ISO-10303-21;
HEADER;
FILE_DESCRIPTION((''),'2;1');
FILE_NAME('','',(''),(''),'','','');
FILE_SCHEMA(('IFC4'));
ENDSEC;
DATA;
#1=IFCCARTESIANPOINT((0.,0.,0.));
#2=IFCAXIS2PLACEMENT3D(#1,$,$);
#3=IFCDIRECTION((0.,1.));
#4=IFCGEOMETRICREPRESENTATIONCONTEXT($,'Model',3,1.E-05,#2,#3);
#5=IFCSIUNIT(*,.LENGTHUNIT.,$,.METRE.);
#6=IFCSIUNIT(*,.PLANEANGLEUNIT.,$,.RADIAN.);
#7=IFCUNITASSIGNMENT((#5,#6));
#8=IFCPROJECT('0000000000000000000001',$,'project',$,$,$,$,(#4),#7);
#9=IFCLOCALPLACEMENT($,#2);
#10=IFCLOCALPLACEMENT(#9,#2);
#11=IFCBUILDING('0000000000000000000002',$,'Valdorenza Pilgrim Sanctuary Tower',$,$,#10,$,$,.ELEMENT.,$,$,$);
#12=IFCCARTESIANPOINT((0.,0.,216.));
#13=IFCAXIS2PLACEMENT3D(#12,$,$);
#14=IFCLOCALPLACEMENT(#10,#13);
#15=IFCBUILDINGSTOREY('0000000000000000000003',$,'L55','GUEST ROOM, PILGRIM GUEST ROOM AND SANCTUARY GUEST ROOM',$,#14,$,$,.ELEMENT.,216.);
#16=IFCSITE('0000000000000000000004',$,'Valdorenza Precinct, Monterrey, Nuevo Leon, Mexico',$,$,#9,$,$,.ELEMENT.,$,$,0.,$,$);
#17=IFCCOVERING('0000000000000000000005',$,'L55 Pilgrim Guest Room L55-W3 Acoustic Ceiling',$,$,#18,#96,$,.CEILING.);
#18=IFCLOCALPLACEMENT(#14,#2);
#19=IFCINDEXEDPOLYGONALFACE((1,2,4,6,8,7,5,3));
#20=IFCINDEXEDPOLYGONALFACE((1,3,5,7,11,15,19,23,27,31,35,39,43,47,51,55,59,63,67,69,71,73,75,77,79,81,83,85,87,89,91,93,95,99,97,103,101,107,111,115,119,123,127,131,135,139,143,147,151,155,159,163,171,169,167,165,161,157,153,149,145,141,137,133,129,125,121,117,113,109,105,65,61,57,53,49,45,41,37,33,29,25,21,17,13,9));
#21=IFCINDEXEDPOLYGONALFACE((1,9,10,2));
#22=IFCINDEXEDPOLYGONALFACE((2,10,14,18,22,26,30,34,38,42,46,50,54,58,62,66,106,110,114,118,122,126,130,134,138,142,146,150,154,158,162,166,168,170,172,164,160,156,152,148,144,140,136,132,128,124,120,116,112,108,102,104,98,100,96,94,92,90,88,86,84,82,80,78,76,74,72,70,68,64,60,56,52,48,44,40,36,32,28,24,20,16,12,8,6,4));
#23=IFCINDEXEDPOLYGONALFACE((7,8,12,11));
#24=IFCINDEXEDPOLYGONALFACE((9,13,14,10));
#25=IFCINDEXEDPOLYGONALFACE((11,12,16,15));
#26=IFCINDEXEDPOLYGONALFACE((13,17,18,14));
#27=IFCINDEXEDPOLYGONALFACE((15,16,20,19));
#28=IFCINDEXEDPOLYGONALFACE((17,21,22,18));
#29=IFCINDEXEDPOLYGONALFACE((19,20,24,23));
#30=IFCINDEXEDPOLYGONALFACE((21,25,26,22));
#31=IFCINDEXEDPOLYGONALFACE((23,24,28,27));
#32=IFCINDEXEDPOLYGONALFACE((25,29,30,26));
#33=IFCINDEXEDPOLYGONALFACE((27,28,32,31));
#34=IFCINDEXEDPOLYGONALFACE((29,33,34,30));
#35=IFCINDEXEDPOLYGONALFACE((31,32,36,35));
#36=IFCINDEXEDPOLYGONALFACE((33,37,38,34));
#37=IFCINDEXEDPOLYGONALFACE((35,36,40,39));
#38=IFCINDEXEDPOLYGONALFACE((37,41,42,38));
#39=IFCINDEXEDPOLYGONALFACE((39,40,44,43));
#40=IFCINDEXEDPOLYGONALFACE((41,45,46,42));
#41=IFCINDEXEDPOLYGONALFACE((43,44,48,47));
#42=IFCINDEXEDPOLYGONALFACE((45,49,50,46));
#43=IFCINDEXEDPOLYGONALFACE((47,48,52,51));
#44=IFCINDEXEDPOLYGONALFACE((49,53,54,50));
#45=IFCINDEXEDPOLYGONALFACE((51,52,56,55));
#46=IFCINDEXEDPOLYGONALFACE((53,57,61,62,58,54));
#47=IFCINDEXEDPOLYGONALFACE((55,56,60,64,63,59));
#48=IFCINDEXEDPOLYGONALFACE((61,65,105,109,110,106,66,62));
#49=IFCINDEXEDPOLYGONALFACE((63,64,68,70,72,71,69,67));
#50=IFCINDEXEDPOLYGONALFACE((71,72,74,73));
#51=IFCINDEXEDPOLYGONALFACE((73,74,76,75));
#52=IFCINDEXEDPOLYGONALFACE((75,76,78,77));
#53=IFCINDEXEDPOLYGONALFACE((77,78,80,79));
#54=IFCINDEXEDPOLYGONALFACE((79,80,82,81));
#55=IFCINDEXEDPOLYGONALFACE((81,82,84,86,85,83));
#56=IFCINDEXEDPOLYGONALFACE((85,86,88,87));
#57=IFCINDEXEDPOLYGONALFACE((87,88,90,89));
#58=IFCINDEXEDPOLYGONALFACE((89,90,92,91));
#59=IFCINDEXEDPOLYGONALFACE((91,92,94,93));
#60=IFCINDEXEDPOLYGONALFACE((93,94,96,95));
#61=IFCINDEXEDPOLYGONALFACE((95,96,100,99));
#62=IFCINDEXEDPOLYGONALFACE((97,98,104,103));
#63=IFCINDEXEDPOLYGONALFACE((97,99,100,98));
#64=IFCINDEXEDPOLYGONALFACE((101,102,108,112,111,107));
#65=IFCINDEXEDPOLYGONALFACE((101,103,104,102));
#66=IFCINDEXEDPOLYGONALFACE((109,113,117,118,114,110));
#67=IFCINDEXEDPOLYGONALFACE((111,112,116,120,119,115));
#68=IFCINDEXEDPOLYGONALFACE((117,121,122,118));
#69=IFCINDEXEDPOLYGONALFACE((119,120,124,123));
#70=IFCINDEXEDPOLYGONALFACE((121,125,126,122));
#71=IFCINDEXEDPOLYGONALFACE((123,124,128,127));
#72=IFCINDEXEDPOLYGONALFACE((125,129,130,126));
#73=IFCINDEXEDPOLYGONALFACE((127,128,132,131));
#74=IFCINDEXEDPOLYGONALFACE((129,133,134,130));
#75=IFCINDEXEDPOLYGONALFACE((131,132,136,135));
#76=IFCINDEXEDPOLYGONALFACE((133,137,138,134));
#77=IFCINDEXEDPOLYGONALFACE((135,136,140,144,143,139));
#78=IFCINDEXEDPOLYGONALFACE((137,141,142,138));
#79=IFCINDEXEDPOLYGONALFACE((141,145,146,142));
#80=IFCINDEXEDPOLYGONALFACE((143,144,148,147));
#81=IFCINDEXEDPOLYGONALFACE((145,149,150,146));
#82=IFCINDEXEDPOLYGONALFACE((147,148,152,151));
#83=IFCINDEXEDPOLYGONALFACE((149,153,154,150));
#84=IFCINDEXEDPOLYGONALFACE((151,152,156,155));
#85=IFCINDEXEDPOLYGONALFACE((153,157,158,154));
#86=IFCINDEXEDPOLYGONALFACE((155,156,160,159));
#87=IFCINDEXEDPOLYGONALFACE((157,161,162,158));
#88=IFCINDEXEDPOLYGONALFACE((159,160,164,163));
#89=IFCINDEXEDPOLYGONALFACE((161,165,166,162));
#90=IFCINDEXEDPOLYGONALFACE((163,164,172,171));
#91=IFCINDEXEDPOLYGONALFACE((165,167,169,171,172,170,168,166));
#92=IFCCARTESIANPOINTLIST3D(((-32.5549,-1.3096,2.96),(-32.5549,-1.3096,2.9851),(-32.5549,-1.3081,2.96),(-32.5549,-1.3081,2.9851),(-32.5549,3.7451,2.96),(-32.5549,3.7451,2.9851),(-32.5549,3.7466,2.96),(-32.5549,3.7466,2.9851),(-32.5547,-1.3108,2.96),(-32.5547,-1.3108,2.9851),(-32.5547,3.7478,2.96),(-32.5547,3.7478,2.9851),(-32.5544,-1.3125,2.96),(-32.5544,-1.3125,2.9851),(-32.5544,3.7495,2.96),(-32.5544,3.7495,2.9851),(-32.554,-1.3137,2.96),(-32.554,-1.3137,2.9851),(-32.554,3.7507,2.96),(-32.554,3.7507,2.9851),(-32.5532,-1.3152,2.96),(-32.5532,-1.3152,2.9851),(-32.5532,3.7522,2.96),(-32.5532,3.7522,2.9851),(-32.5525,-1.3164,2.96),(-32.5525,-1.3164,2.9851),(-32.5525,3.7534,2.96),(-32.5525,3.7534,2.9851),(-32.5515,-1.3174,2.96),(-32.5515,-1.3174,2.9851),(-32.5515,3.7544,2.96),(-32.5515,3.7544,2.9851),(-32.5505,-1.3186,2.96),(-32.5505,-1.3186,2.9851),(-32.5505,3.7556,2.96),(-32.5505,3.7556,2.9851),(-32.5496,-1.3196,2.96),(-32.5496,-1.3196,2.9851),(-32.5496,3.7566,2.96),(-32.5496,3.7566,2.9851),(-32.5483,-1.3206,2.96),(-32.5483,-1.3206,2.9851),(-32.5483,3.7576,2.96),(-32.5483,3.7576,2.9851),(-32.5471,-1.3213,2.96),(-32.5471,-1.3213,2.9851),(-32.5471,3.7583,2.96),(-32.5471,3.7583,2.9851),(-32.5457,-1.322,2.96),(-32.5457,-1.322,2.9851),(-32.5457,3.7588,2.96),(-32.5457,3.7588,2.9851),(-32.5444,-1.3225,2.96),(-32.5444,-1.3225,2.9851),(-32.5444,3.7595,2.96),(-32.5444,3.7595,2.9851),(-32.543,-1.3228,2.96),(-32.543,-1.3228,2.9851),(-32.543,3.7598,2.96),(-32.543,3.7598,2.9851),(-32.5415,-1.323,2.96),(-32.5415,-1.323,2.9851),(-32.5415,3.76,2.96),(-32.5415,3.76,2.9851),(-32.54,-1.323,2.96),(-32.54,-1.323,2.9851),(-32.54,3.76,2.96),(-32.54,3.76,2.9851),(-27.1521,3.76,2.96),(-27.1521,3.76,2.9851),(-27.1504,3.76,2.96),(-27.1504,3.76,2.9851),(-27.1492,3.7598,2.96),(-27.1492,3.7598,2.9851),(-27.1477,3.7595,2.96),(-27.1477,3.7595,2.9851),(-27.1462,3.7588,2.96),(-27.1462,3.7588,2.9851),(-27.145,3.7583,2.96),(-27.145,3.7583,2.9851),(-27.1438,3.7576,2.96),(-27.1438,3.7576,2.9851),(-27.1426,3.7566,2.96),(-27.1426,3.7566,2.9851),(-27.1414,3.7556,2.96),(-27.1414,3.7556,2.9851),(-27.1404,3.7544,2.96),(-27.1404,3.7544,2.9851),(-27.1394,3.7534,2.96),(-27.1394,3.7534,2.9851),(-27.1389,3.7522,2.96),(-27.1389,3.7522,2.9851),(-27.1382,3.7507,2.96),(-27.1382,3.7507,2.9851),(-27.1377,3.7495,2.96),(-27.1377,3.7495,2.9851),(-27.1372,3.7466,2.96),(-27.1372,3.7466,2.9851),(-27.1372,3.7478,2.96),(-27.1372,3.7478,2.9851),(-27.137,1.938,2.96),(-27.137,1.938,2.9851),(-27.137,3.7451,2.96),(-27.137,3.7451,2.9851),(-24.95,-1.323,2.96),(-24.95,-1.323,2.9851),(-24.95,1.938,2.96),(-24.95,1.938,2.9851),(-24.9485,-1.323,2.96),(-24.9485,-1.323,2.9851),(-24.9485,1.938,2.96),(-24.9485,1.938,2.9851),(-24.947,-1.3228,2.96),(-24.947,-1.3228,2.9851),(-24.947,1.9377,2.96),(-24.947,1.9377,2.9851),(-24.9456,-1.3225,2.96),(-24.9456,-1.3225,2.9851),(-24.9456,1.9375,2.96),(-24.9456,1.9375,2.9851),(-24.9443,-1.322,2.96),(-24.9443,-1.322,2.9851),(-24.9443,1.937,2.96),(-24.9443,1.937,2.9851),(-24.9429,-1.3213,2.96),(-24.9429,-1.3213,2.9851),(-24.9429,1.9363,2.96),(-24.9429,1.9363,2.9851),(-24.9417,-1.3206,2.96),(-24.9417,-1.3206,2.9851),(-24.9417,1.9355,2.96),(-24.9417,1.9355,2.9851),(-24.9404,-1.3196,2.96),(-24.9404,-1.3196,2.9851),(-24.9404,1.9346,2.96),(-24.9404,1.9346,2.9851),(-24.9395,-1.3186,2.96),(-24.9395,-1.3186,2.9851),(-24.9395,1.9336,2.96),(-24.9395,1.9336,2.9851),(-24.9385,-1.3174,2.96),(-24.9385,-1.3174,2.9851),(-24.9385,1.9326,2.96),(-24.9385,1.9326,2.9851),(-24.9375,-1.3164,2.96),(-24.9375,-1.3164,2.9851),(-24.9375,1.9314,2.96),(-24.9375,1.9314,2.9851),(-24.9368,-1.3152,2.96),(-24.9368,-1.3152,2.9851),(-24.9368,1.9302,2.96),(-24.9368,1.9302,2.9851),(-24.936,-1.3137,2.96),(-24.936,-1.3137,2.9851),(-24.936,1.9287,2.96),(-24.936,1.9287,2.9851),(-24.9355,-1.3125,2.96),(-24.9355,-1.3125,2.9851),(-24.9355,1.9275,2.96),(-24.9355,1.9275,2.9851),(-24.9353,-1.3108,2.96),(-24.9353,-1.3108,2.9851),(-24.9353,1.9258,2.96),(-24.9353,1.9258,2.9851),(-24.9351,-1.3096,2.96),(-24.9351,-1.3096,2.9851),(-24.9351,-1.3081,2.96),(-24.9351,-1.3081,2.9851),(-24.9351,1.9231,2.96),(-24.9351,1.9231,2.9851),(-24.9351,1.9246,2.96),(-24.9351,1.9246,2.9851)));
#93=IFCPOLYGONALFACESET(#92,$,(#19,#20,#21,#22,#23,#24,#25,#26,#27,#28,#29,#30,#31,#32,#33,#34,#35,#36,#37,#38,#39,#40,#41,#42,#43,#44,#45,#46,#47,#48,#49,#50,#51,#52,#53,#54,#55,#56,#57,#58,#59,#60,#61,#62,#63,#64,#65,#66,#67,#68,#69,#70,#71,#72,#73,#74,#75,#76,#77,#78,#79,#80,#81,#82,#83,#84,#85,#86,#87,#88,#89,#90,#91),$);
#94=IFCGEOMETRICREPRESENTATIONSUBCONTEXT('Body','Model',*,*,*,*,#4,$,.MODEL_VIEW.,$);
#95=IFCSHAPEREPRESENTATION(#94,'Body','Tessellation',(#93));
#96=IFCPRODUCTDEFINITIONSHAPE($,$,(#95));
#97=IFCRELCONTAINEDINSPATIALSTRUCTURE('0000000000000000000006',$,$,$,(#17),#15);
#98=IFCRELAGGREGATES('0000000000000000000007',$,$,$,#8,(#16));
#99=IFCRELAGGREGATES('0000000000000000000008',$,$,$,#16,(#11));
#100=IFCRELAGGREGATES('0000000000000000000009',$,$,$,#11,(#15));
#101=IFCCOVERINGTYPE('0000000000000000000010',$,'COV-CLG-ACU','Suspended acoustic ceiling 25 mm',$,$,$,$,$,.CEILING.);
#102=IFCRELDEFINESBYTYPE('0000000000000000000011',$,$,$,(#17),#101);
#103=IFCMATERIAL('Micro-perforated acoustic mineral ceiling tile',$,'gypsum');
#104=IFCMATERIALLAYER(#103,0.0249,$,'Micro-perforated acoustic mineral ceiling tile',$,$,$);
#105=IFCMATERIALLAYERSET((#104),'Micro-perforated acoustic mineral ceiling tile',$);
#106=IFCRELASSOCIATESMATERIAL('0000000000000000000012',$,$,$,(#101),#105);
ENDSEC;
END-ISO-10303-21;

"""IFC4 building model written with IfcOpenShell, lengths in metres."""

from ifc_helpers import new_model, si_unit, direction, frame, origin, place, context, subcontext, project, spatial, polyline, outline, extrude, material, layer, layer_set, type_object, element, save


model = new_model("IFC4")

# Units and contexts
model_context = context("Model", 3, precision=1e-05, world=origin(), true_north=direction((0.0, 1.0)))
body_context = subcontext(model_context, "Body", "Model", "MODEL_VIEW")
ifc_project = project(units=[si_unit("LENGTHUNIT", "METRE"), si_unit("PLANEANGLEUNIT", "RADIAN")], contexts=[model_context])

# Site, building, storey
site_placement = place(None, origin())
site = spatial("IfcSite", under=ifc_project, at=site_placement, Name="Valdorenza Precinct, Monterrey, Nuevo Leon, Mexico", CompositionType="ELEMENT", RefElevation=0.0)
building_placement = place(site_placement, origin())
building = spatial("IfcBuilding", under=site, at=building_placement, Name="Valdorenza Pilgrim Sanctuary Tower", CompositionType="ELEMENT")
storey_placement = place(building_placement, frame((0.0, 0.0, 216.0)))
storey = spatial("IfcBuildingStorey", under=building, at=storey_placement, Name="L55", Description="GUEST ROOM, PILGRIM GUEST ROOM AND SANCTUARY GUEST ROOM", CompositionType="ELEMENT", Elevation=216.0)

# Covering
ifc_material_1 = material(Name="Micro-perforated acoustic mineral ceiling tile", Category="gypsum")
ifc_layer_1 = layer(ifc_material_1, 0.0249, Name="Micro-perforated acoustic mineral ceiling tile")
ifc_layer_set_1 = layer_set([ifc_layer_1], Name="Micro-perforated acoustic mineral ceiling tile")
covering_type_1 = type_object("IfcCoveringType", Name="COV-CLG-ACU", Description="Suspended acoustic ceiling 25 mm", PredefinedType="CEILING", material=ifc_layer_set_1)
covering_1_placement = place(storey_placement, frame((0.0, 0.0, 2.96)))
element("IfcCovering", 1, at=covering_1_placement, inside=storey, type_object=covering_type_1, Name="L55 Pilgrim Guest Room L55-W3 Acoustic Ceiling", PredefinedType="CEILING", context=body_context, shape_type="SweptSolid", body=[
    extrude(outline(polyline([(-32.5549, 3.7451), (-32.5549, 3.7466), (-32.5547, 3.7478), (-32.5544, 3.7495), (-32.554, 3.7507), (-32.5532, 3.7522), (-32.5525, 3.7534), (-32.5515, 3.7544), (-32.5505, 3.7556), (-32.5496, 3.7566), (-32.5483, 3.7576), (-32.5471, 3.7583), (-32.5457, 3.7588), (-32.5444, 3.7595), (-32.543, 3.7598), (-32.5415, 3.76), (-32.54, 3.76), (-27.1521, 3.76), (-27.1504, 3.76), (-27.1492, 3.7598), (-27.1477, 3.7595), (-27.1462, 3.7588), (-27.145, 3.7583), (-27.1438, 3.7576), (-27.1426, 3.7566), (-27.1414, 3.7556), (-27.1404, 3.7544), (-27.1394, 3.7534), (-27.1389, 3.7522), (-27.1382, 3.7507), (-27.1377, 3.7495), (-27.1372, 3.7478), (-27.1372, 3.7466), (-27.137, 3.7451), (-27.137, 1.938), (-24.95, 1.938), (-24.9485, 1.938), (-24.947, 1.9377), (-24.9456, 1.9375), (-24.9443, 1.937), (-24.9429, 1.9363), (-24.9417, 1.9355), (-24.9404, 1.9346), (-24.9395, 1.9336), (-24.9385, 1.9326), (-24.9375, 1.9314), (-24.9368, 1.9302), (-24.936, 1.9287), (-24.9355, 1.9275), (-24.9353, 1.9258), (-24.9351, 1.9246), (-24.9351, 1.9231), (-24.9351, -1.3081), (-24.9351, -1.3096), (-24.9353, -1.3108), (-24.9355, -1.3125), (-24.936, -1.3137), (-24.9368, -1.3152), (-24.9375, -1.3164), (-24.9385, -1.3174), (-24.9395, -1.3186), (-24.9404, -1.3196), (-24.9417, -1.3206), (-24.9429, -1.3213), (-24.9443, -1.322), (-24.9456, -1.3225), (-24.947, -1.3228), (-24.9485, -1.323), (-24.95, -1.323), (-32.54, -1.323), (-32.5415, -1.323), (-32.543, -1.3228), (-32.5444, -1.3225), (-32.5457, -1.322), (-32.5471, -1.3213), (-32.5483, -1.3206), (-32.5496, -1.3196), (-32.5505, -1.3186), (-32.5515, -1.3174), (-32.5525, -1.3164), (-32.5532, -1.3152), (-32.554, -1.3137), (-32.5544, -1.3125), (-32.5547, -1.3108), (-32.5549, -1.3096), (-32.5549, -1.3081), (-32.5549, 3.7451)])), origin(), (0.0, 0.0, 1.0), 0.0251),
])

save(model, "model.ifc")
